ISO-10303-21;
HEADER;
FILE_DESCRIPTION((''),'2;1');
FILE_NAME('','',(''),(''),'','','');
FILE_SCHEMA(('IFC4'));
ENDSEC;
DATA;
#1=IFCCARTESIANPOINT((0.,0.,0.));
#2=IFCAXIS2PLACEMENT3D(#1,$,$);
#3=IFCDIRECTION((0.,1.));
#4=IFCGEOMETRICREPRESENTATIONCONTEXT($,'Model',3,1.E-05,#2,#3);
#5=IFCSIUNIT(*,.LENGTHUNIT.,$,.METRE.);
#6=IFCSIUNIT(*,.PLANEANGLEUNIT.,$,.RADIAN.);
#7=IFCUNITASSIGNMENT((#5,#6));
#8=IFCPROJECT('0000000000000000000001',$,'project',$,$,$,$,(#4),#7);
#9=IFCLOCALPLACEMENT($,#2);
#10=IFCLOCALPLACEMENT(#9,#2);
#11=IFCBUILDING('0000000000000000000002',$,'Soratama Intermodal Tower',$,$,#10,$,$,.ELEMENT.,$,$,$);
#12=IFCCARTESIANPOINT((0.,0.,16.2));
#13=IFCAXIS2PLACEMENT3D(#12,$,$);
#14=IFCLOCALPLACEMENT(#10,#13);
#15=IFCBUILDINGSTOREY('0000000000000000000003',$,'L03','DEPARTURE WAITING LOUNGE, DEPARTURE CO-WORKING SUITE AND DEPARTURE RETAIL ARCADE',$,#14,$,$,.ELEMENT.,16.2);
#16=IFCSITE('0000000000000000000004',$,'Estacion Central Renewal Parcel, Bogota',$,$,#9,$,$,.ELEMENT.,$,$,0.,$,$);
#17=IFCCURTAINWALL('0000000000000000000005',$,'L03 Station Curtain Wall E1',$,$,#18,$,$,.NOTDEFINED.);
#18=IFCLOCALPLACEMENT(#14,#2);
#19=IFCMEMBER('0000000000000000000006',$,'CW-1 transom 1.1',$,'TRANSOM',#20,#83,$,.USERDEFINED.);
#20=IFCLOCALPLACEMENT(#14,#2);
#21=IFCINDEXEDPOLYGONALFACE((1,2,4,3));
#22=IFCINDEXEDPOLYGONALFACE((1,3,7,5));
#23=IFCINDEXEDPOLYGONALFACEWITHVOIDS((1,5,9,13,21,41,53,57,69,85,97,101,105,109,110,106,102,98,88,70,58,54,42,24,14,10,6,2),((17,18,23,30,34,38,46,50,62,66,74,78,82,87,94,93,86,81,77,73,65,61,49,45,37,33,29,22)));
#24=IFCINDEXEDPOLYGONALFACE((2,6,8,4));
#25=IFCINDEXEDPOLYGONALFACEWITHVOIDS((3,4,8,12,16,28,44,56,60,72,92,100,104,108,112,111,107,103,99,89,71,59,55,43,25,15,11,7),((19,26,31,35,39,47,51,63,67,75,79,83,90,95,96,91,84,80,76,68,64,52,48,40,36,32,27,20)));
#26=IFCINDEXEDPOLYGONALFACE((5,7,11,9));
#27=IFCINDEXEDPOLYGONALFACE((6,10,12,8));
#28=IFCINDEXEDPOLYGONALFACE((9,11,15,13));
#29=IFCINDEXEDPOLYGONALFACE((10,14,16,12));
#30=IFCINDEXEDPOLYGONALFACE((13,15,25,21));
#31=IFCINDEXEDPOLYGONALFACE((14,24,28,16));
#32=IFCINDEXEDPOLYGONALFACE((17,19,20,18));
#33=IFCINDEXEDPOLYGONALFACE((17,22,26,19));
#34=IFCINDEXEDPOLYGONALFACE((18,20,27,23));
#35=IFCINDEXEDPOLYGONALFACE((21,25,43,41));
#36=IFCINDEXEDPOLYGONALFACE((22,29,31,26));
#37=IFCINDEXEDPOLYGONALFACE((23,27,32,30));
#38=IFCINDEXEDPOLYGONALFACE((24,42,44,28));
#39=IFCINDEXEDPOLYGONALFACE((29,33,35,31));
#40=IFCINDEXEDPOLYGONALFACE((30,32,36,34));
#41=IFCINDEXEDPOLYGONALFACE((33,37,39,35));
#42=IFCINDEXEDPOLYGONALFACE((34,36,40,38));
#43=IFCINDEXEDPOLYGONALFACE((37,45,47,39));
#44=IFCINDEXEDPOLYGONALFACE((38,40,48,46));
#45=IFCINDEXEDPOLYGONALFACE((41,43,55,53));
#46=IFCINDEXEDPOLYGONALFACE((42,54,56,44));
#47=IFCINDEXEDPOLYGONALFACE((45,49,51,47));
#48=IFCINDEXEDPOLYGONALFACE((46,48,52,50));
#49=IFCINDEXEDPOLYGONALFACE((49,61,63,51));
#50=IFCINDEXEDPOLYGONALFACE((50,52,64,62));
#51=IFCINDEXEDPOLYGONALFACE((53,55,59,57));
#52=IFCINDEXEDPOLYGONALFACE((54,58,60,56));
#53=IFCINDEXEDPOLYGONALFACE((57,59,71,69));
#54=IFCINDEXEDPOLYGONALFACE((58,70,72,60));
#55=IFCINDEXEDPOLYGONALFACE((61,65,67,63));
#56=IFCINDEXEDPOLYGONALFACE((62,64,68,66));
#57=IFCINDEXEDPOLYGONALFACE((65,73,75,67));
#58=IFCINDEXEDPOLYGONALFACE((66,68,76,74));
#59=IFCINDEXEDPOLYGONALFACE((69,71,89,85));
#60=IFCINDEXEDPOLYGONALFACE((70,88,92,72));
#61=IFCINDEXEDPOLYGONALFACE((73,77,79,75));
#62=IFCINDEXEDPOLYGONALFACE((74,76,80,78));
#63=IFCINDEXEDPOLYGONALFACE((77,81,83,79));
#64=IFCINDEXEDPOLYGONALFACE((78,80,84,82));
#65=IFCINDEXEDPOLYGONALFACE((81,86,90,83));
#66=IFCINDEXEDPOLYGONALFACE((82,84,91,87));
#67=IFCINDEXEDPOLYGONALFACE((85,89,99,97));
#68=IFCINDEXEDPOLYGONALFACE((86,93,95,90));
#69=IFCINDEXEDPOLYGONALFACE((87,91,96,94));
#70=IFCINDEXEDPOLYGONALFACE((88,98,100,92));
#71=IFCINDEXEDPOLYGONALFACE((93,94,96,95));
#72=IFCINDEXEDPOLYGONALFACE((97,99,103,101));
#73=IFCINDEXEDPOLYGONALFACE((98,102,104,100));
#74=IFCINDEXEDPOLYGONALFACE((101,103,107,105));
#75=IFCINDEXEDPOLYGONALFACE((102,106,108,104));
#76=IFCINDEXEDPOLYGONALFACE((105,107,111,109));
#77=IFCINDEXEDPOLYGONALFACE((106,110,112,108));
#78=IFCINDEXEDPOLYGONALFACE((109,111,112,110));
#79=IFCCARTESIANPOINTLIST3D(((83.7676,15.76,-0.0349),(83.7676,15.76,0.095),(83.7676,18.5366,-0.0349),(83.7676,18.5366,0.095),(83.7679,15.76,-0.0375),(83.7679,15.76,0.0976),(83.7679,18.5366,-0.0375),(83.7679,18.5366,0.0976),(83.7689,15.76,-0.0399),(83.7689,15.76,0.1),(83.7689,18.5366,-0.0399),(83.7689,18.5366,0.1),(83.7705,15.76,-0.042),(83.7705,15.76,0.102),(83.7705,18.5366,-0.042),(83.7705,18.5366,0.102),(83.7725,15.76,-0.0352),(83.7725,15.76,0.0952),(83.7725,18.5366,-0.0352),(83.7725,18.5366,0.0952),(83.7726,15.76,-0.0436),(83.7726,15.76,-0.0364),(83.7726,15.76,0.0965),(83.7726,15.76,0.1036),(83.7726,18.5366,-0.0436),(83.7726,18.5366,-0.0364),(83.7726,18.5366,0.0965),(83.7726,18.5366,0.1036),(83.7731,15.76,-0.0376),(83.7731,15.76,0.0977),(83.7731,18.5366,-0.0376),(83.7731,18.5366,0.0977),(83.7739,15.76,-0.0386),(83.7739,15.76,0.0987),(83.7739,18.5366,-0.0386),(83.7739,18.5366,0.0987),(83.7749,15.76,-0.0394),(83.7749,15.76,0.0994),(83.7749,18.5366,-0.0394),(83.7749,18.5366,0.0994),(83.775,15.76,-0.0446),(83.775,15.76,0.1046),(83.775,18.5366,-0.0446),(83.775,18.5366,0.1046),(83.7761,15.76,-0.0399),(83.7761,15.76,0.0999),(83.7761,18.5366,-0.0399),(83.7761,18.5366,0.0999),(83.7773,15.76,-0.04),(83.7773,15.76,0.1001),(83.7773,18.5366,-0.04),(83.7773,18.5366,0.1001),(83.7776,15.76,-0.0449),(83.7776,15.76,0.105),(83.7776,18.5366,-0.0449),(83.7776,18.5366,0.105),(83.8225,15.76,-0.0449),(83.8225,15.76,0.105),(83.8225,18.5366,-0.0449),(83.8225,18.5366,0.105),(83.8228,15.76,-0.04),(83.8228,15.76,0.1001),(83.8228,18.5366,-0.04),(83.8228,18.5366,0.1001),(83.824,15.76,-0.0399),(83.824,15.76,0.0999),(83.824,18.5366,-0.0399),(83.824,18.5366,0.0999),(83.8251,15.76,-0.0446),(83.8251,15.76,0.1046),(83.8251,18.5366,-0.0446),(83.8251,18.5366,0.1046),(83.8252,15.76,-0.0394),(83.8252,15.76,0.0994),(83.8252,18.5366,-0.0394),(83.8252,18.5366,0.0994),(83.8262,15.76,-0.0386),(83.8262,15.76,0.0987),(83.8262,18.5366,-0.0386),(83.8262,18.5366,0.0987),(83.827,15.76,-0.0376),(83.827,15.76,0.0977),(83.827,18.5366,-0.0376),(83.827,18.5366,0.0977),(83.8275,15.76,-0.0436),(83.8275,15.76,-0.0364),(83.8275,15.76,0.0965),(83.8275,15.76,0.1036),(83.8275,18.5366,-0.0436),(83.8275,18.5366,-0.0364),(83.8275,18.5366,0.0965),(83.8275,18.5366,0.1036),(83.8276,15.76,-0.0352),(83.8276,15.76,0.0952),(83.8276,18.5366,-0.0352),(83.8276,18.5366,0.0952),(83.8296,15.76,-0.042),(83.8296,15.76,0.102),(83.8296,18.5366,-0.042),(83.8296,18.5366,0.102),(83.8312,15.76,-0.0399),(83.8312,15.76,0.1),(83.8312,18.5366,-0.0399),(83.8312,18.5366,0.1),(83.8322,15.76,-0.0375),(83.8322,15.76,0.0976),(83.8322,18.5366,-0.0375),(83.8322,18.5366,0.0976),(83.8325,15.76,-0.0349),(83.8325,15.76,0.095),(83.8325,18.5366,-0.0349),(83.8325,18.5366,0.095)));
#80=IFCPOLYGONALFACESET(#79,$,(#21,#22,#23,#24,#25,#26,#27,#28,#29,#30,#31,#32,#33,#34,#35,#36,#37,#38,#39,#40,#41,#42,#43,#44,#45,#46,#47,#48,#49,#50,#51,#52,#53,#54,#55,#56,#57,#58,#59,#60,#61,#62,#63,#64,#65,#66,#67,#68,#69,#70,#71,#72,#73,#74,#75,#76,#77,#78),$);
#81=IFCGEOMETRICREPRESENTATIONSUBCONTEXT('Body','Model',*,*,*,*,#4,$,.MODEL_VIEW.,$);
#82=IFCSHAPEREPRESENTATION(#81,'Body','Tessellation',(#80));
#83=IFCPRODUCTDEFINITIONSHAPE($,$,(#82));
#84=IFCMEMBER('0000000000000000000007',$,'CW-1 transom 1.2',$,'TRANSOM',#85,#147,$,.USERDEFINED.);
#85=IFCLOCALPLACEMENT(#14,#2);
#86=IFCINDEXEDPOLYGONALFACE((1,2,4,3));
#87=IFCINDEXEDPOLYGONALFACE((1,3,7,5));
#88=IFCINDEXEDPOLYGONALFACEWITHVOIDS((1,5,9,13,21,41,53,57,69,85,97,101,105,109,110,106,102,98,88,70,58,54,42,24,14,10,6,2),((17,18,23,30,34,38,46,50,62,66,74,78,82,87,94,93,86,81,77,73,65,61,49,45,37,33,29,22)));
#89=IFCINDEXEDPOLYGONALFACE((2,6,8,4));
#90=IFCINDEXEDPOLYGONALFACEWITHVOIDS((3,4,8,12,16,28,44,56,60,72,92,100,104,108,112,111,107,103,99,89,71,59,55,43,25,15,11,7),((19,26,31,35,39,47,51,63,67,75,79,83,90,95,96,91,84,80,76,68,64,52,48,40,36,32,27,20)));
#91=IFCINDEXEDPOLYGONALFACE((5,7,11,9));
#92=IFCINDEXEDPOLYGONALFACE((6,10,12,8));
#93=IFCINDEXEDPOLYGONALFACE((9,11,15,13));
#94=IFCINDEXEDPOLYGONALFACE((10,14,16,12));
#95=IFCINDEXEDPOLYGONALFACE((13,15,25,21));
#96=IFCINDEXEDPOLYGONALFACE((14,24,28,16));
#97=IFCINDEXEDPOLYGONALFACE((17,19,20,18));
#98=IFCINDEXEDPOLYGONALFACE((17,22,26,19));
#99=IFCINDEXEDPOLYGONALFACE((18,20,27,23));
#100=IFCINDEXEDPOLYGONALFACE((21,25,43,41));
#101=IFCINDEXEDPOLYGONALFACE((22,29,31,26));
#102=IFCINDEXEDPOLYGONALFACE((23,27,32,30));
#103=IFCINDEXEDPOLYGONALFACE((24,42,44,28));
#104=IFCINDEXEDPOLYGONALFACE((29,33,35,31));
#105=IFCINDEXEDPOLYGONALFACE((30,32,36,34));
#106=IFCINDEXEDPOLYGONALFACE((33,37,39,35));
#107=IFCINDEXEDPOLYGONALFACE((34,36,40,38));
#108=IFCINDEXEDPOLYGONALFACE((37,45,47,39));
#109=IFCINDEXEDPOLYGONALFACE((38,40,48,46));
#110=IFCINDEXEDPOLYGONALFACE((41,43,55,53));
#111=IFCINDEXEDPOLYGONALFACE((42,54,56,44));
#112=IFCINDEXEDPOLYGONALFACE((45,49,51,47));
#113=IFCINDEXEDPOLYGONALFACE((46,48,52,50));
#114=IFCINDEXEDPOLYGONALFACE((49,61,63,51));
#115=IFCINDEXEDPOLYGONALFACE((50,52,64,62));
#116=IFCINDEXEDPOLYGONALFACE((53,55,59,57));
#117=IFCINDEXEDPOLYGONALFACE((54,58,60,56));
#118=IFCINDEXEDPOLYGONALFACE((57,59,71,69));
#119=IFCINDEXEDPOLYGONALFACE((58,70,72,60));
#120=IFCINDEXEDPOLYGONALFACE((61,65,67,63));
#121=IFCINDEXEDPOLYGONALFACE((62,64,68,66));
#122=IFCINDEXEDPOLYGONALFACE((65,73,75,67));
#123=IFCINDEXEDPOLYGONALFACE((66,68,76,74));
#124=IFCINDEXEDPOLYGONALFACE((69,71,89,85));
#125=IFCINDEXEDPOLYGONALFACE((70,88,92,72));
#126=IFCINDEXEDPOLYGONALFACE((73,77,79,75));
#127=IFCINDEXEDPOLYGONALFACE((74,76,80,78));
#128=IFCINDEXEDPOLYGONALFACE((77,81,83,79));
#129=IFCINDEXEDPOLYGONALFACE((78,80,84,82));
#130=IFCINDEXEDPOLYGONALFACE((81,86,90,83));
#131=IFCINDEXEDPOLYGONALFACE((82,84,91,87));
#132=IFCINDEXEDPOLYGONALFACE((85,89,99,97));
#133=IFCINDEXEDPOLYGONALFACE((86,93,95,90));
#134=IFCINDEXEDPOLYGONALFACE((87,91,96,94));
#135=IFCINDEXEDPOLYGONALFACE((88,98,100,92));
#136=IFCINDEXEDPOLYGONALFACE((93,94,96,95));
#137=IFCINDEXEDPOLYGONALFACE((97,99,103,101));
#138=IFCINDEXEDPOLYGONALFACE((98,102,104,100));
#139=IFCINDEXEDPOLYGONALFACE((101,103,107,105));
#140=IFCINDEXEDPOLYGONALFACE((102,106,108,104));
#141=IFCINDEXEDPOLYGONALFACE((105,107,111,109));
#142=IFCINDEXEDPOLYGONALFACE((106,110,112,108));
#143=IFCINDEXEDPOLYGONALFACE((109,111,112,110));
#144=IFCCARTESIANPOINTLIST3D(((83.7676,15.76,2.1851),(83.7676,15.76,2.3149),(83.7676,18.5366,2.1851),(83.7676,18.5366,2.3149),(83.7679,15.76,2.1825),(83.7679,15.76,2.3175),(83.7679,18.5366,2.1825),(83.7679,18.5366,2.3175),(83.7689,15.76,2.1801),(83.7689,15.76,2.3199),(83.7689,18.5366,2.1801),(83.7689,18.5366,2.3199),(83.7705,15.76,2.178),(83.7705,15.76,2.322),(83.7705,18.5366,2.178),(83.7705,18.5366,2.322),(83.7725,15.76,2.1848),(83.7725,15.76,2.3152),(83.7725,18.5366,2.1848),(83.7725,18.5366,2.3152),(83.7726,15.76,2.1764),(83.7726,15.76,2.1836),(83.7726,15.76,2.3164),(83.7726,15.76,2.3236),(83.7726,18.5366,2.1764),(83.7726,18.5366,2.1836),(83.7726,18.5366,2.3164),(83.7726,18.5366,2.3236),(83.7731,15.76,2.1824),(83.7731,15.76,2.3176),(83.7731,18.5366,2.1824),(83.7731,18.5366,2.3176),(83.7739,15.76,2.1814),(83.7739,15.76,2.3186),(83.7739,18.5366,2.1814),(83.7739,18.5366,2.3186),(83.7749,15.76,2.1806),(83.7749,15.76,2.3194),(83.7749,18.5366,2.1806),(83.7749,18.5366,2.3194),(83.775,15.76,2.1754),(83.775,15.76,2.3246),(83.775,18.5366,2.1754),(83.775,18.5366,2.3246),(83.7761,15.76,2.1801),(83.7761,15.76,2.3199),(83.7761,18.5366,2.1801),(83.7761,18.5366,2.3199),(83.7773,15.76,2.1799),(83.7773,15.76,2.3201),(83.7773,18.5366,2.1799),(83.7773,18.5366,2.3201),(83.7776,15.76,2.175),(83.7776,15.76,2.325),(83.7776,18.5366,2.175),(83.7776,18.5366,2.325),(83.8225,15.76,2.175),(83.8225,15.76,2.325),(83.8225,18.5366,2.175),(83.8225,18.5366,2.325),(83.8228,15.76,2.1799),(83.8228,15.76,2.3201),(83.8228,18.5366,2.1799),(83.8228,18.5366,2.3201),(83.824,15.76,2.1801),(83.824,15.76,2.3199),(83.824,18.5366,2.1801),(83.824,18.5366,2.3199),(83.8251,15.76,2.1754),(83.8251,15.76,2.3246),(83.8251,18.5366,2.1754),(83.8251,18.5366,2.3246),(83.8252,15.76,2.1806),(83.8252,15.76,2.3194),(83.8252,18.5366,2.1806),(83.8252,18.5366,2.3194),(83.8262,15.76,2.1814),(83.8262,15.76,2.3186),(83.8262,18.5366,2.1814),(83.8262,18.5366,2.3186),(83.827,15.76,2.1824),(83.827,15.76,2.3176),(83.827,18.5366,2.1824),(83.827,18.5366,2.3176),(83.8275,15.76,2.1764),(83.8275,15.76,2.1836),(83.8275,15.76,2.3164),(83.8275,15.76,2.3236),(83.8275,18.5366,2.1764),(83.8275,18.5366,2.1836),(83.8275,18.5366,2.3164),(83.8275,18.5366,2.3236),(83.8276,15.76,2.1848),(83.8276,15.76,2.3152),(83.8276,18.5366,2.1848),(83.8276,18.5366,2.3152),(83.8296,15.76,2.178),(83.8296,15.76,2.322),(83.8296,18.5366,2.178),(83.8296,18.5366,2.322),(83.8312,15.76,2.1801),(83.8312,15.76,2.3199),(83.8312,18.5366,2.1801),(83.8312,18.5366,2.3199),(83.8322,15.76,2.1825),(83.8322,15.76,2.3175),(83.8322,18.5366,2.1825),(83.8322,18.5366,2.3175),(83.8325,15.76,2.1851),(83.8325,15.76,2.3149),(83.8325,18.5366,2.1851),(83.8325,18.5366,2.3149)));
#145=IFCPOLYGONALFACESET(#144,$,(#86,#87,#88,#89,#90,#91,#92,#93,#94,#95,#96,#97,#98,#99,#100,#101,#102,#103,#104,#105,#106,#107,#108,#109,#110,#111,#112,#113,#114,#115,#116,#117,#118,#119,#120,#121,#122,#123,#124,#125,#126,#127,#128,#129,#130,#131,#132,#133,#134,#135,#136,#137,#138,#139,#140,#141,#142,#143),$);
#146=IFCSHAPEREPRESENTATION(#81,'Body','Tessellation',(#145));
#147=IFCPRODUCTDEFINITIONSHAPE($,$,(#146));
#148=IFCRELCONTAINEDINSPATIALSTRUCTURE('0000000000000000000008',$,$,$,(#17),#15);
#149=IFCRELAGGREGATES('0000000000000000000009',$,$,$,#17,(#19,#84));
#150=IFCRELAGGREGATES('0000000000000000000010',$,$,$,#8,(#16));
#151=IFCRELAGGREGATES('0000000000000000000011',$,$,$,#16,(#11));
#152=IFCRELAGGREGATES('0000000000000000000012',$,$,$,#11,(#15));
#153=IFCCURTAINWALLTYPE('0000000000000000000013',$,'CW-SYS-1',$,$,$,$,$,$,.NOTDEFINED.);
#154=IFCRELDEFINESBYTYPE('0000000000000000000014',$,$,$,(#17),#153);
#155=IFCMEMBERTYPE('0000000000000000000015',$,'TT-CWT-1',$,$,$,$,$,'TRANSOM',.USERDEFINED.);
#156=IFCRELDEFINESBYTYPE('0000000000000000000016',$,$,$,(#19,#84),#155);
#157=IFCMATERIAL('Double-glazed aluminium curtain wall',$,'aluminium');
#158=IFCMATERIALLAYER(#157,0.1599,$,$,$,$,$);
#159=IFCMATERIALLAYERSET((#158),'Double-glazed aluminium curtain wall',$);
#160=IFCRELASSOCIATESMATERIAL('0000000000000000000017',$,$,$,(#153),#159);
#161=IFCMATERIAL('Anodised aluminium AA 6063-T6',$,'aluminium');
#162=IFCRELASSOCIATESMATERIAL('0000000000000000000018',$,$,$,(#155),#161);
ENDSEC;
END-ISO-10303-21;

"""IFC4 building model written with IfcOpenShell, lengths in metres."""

from ifc_helpers import new_model, si_unit, direction, frame, origin, origin_2d, place, context, subcontext, project, spatial, hollow_rectangle, extrude, material, layer, layer_set, material_profile, profile_set, type_object, element, aggregate, save


model = new_model("IFC4")

# Units and contexts
model_context = context("Model", 3, precision=1e-05, world=origin(), true_north=direction((0.0, 1.0)))
body_context = subcontext(model_context, "Body", "Model", "MODEL_VIEW")
ifc_project = project(units=[si_unit("LENGTHUNIT", "METRE"), si_unit("PLANEANGLEUNIT", "RADIAN")], contexts=[model_context])

# Site, building, storey
site_placement = place(None, origin())
site = spatial("IfcSite", under=ifc_project, at=site_placement, Name="Estacion Central Renewal Parcel, Bogota", CompositionType="ELEMENT", RefElevation=0.0)
building_placement = place(site_placement, origin())
building = spatial("IfcBuilding", under=site, at=building_placement, Name="Soratama Intermodal Tower", CompositionType="ELEMENT")
storey_placement = place(building_placement, frame((0.0, 0.0, 16.2)))
storey = spatial("IfcBuildingStorey", under=building, at=storey_placement, Name="L03", Description="DEPARTURE WAITING LOUNGE, DEPARTURE CO-WORKING SUITE AND DEPARTURE RETAIL ARCADE", CompositionType="ELEMENT", Elevation=16.2)

# Curtain wall, members
ifc_material_1 = material(Name="Double-glazed aluminium curtain wall", Category="aluminium")
ifc_layer_1 = layer(ifc_material_1, 0.1599)
ifc_layer_set_1 = layer_set([ifc_layer_1], Name="Double-glazed aluminium curtain wall")
curtain_wall_type = type_object("IfcCurtainWallType", Name="CW-SYS-1", PredefinedType="NOTDEFINED", material=ifc_layer_set_1)
curtain_wall_placement = place(storey_placement, origin())
curtain_wall = element("IfcCurtainWall", 1, at=curtain_wall_placement, inside=storey, type_object=curtain_wall_type, Name="L03 Station Curtain Wall E1", PredefinedType="NOTDEFINED")
ifc_material_2 = material(Name="Anodised aluminium AA 6063-T6", Category="aluminium")
ifc_material_profile_1 = material_profile(ifc_material_2, hollow_rectangle(XDim=0.0649, YDim=0.1499, WallThickness=0.0049, InnerFilletRadius=0.0049, OuterFilletRadius=0.01, at=origin_2d()), Name="CWT150X65X5")
ifc_profile_set_1 = profile_set([ifc_material_profile_1], Name="Anodised aluminium AA 6063-T6")
member_type_1 = type_object("IfcMemberType", Name="TT-CWT-1", ElementType="TRANSOM", PredefinedType="USERDEFINED", material=ifc_profile_set_1)
member_1_placement = place(storey_placement, frame((83.8, 15.76, 0.03), z_axis=(0.0, 1.0, 0.0), x_axis=(-1.0, 0.0, 0.0)))
member_1 = element("IfcMember", 2, at=member_1_placement, type_object=member_type_1, Name="CW-1 transom 1.1", ObjectType="TRANSOM", PredefinedType="USERDEFINED", context=body_context, shape_type="SweptSolid", body=[
    extrude(hollow_rectangle(XDim=0.0649, YDim=0.1499, WallThickness=0.0049, InnerFilletRadius=0.0049, OuterFilletRadius=0.01, at=origin_2d()), origin(), (0.0, 0.0, 1.0), 2.7766),
])
member_2_placement = place(storey_placement, frame((83.8, 15.76, 2.25), z_axis=(0.0, 1.0, 0.0), x_axis=(-1.0, 0.0, 0.0)))
member_2 = element("IfcMember", 3, at=member_2_placement, type_object=member_type_1, Name="CW-1 transom 1.2", ObjectType="TRANSOM", PredefinedType="USERDEFINED", context=body_context, shape_type="SweptSolid", body=[
    extrude(hollow_rectangle(XDim=0.0649, YDim=0.1499, WallThickness=0.0049, InnerFilletRadius=0.0049, OuterFilletRadius=0.01, at=origin_2d()), origin(), (0.0, 0.0, 1.0), 2.7766),
])
aggregate(curtain_wall, [member_1, member_2])

save(model, "model.ifc")
